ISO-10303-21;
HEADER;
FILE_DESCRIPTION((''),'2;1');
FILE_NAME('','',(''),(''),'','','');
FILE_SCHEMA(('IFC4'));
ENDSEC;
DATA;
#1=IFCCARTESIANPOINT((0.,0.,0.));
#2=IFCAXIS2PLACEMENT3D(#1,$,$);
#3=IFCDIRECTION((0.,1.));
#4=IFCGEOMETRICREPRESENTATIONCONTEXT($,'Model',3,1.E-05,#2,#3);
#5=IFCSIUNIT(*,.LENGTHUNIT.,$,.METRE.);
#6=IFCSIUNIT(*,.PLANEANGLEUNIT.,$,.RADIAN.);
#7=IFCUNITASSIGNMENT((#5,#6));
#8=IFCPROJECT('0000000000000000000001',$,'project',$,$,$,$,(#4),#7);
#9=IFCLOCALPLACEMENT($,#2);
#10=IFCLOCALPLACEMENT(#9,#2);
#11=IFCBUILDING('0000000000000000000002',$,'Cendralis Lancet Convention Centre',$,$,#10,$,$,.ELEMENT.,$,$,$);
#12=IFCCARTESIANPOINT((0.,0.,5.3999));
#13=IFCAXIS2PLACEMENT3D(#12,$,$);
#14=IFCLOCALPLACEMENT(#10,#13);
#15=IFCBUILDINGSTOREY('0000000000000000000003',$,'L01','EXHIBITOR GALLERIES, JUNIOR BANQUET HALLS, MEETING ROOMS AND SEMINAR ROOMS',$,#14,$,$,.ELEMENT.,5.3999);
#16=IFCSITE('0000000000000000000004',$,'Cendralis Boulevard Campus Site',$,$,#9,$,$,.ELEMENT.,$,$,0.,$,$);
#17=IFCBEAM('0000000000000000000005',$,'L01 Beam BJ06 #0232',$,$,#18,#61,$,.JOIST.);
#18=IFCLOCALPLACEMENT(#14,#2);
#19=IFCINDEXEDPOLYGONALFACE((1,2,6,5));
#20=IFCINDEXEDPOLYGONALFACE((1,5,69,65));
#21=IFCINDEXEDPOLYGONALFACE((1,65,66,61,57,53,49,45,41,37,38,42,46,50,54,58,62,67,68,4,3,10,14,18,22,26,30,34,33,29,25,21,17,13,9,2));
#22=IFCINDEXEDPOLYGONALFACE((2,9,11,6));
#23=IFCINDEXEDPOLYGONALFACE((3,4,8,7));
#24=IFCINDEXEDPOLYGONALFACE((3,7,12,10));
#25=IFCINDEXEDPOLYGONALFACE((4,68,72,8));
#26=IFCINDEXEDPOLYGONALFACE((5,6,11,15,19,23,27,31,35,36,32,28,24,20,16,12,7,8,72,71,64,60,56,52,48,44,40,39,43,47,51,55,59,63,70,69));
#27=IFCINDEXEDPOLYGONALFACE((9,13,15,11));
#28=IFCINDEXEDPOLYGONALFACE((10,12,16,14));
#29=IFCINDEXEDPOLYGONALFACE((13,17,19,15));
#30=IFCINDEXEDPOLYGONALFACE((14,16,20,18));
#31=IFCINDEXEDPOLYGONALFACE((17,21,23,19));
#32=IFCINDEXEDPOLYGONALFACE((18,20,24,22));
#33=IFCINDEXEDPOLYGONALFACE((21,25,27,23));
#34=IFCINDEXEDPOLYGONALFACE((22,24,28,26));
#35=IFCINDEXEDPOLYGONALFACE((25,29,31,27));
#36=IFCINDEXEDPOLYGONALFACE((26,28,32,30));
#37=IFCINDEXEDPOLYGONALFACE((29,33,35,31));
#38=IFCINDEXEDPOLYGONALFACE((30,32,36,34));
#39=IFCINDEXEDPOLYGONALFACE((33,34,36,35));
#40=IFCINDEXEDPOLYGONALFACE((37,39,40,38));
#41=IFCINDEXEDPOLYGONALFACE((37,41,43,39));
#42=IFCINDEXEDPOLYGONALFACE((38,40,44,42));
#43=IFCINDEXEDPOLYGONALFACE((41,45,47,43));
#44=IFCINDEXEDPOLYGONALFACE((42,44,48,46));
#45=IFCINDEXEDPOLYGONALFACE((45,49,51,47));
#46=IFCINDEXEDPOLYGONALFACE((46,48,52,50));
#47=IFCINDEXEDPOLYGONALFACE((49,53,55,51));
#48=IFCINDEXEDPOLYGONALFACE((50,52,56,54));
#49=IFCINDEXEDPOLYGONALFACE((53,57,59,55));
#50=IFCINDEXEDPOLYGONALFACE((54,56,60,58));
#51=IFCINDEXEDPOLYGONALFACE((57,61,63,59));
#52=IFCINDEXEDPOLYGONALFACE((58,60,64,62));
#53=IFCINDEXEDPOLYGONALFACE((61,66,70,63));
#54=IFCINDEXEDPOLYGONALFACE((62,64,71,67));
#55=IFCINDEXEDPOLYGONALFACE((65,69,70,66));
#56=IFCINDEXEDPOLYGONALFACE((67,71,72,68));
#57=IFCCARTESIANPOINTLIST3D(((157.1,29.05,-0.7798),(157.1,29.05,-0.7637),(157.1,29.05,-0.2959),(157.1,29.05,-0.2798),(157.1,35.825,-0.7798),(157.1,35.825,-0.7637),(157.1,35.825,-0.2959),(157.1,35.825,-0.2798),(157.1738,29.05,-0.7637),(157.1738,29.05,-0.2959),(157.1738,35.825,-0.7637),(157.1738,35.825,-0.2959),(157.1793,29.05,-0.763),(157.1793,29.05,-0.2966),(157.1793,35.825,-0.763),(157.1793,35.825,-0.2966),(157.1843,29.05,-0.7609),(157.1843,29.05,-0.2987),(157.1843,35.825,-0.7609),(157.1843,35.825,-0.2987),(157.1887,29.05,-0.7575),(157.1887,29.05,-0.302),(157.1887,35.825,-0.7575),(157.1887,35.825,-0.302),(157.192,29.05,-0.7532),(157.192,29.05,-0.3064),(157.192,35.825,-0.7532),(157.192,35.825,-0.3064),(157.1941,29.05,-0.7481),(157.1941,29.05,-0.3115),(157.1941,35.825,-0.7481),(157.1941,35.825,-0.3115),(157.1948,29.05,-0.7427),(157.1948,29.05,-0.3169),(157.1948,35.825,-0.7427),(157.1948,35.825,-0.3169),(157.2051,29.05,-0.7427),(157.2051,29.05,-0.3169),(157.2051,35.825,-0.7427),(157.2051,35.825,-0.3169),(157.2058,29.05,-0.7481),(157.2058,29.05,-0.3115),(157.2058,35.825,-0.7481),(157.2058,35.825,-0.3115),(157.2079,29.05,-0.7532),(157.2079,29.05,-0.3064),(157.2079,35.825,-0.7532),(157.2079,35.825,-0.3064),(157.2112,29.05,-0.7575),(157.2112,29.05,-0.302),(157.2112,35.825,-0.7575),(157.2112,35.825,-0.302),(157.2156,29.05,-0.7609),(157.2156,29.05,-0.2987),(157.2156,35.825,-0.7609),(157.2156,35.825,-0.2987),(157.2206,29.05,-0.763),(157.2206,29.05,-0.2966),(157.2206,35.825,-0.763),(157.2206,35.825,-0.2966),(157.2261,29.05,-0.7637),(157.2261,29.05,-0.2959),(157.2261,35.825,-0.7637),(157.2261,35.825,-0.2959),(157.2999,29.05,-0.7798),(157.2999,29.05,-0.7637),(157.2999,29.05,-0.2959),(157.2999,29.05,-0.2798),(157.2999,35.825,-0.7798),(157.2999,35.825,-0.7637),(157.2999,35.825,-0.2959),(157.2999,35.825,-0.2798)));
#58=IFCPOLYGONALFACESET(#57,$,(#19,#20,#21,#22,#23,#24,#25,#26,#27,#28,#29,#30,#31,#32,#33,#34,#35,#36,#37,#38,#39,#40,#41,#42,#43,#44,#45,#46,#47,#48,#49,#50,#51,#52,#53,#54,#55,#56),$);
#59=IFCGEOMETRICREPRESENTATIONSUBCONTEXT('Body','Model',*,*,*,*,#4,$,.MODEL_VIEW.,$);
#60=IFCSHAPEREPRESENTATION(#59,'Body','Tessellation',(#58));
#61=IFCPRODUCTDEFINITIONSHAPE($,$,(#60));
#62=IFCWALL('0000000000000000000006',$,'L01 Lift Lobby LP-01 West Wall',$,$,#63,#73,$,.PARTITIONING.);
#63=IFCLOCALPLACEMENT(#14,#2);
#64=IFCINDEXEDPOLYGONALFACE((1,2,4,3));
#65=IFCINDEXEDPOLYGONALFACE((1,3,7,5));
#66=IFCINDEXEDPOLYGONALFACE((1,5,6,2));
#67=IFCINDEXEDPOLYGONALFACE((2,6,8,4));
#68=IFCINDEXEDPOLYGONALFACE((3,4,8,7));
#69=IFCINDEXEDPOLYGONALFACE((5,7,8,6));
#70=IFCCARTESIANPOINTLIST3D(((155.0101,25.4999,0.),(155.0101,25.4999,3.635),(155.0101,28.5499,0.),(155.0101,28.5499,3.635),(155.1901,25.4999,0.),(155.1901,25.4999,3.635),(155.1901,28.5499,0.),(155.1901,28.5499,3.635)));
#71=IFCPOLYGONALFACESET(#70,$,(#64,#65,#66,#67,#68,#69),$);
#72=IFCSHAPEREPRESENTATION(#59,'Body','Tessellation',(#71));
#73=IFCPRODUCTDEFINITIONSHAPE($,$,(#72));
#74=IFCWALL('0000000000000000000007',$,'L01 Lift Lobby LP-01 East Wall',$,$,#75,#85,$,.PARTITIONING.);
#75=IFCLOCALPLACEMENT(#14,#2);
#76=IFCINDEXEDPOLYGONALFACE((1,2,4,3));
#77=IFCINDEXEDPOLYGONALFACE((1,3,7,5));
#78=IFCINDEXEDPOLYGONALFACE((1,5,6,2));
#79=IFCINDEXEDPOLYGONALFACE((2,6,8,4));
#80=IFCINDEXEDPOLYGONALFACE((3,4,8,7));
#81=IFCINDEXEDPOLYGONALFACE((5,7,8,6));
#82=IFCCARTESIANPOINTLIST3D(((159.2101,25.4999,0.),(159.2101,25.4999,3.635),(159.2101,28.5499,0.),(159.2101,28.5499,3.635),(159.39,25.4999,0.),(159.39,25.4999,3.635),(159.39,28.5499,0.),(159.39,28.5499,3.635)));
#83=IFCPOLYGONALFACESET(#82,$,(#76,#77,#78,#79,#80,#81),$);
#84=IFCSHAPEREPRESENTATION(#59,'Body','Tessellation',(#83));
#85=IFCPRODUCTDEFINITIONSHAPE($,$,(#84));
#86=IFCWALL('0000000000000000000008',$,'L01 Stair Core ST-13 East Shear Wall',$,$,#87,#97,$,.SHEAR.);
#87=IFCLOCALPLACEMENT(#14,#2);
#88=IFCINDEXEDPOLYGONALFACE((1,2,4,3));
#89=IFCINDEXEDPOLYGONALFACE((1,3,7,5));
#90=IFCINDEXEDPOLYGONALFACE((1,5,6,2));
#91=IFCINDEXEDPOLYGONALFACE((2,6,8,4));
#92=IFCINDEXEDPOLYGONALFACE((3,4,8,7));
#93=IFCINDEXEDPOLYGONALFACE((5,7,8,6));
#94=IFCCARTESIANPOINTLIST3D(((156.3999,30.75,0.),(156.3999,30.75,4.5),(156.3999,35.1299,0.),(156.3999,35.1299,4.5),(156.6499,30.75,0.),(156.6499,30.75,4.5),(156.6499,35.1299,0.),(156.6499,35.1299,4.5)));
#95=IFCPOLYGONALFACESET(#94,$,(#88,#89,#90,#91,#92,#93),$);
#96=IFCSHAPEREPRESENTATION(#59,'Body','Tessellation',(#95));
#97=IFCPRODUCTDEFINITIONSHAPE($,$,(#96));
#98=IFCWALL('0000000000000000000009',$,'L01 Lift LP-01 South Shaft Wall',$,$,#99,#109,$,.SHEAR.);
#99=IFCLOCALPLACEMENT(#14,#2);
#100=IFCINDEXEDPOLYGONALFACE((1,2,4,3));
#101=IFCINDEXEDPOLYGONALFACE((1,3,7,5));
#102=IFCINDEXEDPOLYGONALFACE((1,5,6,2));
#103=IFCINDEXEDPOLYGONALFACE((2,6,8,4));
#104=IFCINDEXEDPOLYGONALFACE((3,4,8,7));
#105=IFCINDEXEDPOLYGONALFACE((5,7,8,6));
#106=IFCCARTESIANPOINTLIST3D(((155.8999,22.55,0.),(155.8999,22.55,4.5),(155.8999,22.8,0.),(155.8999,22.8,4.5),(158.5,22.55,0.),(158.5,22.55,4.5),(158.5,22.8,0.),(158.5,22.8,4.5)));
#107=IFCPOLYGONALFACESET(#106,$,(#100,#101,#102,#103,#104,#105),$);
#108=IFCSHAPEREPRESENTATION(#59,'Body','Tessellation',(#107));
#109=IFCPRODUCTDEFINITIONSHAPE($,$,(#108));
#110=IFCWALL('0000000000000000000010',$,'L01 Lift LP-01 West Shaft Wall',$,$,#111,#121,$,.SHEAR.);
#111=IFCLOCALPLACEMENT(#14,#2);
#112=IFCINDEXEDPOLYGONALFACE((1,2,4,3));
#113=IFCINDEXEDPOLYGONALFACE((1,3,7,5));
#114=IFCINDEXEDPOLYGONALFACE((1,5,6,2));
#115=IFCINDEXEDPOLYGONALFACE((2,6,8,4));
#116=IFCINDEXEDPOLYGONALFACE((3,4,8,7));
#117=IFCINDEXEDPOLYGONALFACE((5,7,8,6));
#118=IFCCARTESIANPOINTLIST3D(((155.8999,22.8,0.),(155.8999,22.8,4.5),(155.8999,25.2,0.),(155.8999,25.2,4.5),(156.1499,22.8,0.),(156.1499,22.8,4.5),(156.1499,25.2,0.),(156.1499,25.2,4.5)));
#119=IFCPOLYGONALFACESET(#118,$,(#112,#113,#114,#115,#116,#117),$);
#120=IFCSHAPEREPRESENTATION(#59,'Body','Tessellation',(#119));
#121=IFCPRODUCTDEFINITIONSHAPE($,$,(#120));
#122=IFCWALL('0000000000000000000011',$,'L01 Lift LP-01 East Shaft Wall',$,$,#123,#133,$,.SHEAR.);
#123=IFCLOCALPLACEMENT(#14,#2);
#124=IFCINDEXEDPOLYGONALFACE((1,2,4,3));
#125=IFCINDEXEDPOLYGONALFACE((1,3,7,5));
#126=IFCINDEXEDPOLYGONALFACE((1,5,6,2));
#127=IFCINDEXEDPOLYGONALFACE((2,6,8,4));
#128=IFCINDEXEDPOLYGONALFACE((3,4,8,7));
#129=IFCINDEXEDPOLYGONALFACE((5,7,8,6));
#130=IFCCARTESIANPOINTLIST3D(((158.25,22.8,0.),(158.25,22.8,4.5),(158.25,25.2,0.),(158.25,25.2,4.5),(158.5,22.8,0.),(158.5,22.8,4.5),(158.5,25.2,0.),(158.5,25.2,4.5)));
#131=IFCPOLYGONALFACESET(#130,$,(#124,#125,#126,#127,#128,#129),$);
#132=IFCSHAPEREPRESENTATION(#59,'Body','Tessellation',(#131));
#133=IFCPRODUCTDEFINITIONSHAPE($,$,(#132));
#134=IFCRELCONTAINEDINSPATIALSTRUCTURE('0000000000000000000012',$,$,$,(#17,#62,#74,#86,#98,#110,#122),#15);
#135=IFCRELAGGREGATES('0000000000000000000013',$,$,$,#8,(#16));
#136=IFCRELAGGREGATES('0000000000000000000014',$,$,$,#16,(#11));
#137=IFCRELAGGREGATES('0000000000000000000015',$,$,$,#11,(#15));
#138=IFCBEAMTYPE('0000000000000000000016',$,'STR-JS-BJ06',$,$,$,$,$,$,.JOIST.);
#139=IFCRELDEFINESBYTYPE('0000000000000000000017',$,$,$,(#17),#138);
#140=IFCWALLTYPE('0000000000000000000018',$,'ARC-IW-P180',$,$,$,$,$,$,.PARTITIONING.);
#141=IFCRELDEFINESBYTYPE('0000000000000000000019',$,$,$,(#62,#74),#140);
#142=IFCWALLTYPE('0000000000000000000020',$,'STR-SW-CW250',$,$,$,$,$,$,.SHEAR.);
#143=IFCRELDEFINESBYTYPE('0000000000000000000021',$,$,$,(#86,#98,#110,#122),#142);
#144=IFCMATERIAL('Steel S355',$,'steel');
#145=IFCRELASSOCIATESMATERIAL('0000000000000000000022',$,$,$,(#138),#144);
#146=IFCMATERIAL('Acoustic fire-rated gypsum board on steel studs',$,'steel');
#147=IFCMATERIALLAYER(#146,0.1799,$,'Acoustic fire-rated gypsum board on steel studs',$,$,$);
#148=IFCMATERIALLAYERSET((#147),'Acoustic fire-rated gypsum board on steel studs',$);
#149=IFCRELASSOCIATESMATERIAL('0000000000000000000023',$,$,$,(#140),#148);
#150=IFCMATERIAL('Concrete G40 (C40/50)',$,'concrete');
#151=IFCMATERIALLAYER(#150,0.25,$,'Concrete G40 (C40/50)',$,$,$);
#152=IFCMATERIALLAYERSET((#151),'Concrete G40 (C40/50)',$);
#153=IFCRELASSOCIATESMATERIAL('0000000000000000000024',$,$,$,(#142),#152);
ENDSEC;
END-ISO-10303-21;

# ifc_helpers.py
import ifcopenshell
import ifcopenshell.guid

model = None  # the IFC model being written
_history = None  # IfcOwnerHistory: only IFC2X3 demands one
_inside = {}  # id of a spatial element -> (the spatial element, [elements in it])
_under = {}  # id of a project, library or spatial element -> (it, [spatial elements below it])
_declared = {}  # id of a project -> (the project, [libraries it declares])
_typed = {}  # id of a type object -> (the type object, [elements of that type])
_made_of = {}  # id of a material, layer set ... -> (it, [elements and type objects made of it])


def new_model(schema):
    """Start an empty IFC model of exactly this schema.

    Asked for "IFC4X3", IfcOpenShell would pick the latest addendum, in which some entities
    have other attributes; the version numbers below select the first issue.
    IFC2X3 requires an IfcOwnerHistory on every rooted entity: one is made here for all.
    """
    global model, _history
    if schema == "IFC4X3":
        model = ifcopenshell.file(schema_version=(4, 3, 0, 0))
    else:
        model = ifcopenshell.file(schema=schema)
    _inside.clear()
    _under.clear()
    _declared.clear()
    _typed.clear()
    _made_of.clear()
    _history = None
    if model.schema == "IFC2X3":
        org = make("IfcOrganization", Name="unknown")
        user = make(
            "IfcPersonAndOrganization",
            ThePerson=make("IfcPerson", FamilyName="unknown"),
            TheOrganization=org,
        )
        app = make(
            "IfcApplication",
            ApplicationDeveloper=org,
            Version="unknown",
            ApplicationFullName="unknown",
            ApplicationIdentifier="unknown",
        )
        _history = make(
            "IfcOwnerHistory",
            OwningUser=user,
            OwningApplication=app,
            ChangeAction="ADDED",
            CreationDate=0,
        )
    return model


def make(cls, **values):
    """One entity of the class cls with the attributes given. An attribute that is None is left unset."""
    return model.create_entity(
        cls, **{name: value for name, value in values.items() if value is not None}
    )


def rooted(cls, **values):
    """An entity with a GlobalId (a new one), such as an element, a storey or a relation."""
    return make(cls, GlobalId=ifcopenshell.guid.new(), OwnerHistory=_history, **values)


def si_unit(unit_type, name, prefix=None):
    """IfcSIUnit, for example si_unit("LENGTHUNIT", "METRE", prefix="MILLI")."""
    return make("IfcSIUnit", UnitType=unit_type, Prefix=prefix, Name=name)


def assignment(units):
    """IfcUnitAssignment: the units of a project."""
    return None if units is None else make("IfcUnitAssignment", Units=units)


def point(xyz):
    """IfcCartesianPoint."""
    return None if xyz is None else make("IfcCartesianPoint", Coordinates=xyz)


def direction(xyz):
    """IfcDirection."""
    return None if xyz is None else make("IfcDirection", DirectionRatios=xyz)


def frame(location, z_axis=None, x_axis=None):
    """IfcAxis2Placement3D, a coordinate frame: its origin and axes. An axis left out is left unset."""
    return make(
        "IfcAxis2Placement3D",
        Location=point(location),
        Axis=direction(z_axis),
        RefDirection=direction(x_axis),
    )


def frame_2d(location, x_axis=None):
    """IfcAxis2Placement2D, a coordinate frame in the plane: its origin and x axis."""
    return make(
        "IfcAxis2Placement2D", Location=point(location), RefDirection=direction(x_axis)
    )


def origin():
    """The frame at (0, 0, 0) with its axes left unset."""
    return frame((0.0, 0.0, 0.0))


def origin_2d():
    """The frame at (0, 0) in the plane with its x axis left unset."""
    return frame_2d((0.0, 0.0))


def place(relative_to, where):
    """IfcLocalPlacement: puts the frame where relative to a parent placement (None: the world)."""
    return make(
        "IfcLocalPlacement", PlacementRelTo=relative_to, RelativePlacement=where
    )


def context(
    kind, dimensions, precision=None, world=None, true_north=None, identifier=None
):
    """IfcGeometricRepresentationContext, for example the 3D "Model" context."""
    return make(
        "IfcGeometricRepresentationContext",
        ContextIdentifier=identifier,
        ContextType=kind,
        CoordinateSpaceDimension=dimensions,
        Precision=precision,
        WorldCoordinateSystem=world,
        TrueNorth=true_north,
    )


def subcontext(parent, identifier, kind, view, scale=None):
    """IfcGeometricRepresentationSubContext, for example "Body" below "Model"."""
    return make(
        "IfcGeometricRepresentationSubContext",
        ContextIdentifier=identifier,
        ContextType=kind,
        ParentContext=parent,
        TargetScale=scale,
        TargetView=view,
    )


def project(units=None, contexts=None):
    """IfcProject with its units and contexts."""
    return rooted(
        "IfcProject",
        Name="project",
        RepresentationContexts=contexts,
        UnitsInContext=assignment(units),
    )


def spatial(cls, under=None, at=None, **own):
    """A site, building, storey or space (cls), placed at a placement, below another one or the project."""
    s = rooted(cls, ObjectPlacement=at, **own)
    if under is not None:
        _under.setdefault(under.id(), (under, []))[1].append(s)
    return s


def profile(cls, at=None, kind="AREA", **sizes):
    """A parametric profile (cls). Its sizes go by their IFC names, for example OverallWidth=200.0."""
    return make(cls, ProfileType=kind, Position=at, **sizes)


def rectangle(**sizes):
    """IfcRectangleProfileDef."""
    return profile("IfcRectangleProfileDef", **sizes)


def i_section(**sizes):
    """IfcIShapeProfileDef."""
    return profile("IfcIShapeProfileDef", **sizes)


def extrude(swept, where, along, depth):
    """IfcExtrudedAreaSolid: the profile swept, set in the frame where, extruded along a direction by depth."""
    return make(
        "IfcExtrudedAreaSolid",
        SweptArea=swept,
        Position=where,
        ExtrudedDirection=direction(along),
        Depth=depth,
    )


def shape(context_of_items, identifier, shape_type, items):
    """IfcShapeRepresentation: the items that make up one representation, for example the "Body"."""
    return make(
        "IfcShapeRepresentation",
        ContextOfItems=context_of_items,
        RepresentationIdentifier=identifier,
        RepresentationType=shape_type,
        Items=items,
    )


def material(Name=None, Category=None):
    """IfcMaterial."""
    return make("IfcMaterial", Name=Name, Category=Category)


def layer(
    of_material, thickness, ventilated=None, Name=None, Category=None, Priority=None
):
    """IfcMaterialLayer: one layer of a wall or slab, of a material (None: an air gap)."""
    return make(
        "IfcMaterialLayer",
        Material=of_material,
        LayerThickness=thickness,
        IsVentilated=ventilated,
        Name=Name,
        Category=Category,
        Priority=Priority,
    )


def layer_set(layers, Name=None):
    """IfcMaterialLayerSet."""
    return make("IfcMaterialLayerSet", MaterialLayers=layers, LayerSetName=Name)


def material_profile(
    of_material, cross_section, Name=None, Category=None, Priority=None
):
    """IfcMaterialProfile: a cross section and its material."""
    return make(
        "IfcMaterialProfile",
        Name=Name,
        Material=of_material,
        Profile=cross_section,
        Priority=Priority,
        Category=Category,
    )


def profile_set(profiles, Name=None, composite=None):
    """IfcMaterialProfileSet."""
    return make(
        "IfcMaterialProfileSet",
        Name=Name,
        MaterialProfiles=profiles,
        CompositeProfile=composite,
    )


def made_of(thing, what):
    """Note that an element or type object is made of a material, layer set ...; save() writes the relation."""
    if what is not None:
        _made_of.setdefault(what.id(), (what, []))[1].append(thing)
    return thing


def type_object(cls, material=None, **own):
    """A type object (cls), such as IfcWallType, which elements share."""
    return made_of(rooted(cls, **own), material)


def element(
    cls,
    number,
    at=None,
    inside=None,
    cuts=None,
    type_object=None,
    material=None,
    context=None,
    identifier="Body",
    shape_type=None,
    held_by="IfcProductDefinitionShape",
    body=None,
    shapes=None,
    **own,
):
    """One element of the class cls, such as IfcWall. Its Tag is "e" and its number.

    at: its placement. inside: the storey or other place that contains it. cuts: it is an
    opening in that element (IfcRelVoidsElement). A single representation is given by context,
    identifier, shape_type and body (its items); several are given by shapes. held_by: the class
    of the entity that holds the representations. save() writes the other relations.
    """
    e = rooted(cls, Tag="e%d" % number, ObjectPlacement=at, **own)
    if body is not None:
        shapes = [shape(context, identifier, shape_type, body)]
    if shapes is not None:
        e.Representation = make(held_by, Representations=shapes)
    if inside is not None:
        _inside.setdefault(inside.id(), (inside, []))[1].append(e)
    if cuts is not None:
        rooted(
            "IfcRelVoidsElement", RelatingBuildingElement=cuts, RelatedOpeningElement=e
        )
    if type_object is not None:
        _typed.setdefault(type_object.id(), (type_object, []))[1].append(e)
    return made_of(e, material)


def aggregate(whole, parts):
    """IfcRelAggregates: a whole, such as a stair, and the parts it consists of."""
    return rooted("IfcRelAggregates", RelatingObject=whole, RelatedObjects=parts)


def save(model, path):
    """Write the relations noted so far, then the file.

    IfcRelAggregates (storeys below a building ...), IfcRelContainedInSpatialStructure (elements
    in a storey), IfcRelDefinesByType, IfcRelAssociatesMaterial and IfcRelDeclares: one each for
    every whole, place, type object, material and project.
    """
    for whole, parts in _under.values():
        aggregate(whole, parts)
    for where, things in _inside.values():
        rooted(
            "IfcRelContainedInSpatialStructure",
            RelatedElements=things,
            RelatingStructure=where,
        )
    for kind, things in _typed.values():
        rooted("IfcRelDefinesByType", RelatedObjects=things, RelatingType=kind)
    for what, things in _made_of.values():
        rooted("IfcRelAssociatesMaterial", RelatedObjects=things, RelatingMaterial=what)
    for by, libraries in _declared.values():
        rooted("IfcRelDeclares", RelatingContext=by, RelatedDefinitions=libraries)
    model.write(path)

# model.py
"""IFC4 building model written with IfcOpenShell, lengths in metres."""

from ifc_helpers import new_model, si_unit, direction, frame, frame_2d, origin, origin_2d, place, context, subcontext, project, spatial, rectangle, i_section, extrude, material, layer, layer_set, material_profile, profile_set, type_object, element, save


model = new_model("IFC4")

# Units and contexts
model_context = context("Model", 3, precision=1e-05, world=origin(), true_north=direction((0.0, 1.0)))
body_context = subcontext(model_context, "Body", "Model", "MODEL_VIEW")
ifc_project = project(units=[si_unit("LENGTHUNIT", "METRE"), si_unit("PLANEANGLEUNIT", "RADIAN")], contexts=[model_context])

# Site, building, storey
site_placement = place(None, origin())
site = spatial("IfcSite", under=ifc_project, at=site_placement, Name="Cendralis Boulevard Campus Site", CompositionType="ELEMENT", RefElevation=0.0)
building_placement = place(site_placement, origin())
building = spatial("IfcBuilding", under=site, at=building_placement, Name="Cendralis Lancet Convention Centre", CompositionType="ELEMENT")
storey_placement = place(building_placement, frame((0.0, 0.0, 5.3999)))
storey = spatial("IfcBuildingStorey", under=building, at=storey_placement, Name="L01", Description="EXHIBITOR GALLERIES, JUNIOR BANQUET HALLS, MEETING ROOMS AND SEMINAR ROOMS", CompositionType="ELEMENT", Elevation=5.3999)

# Shared definitions
ifc_material_1 = material(Name="Concrete G40 (C40/50)", Category="concrete")

# Beam
ifc_material_2 = material(Name="Steel S355", Category="steel")
ifc_material_profile_1 = material_profile(ifc_material_2, i_section(OverallWidth=0.2, OverallDepth=0.5, WebThickness=0.0103, FlangeThickness=0.0161, FilletRadius=0.021, at=origin_2d()), Name="IPE 500")
ifc_profile_set_1 = profile_set([ifc_material_profile_1], Name="Steel S355")
beam_type_1 = type_object("IfcBeamType", Name="STR-JS-BJ06", PredefinedType="JOIST", material=ifc_profile_set_1)
beam_1_placement = place(storey_placement, frame((157.2, 29.05, -0.5298), z_axis=(0.0, 1.0, 0.0), x_axis=(-1.0, 0.0, 0.0)))
element("IfcBeam", 1, at=beam_1_placement, inside=storey, type_object=beam_type_1, Name="L01 Beam BJ06 #0232", PredefinedType="JOIST", context=body_context, shape_type="SweptSolid", body=[
    extrude(i_section(OverallWidth=0.2, OverallDepth=0.5, WebThickness=0.0103, FlangeThickness=0.0161, FilletRadius=0.021, at=origin_2d()), origin(), (0.0, 0.0, 1.0), 6.7749),
])

# Shared definitions
ifc_material_3 = material(Name="Acoustic fire-rated gypsum board on steel studs", Category="steel")
ifc_layer_1 = layer(ifc_material_3, 0.1799, Name="Acoustic fire-rated gypsum board on steel studs")
ifc_layer_set_1 = layer_set([ifc_layer_1], Name="Acoustic fire-rated gypsum board on steel studs")
wall_type_1 = type_object("IfcWallType", Name="ARC-IW-P180", PredefinedType="PARTITIONING", material=ifc_layer_set_1)

# Walls
for number, where, z_axis, x_axis, name in (
    (2, (155.1001, 25.5, 0.0), (0.0, 0.0, 1.0), (0.0, 1.0, 0.0), "L01 Lift Lobby LP-01 West Wall"),
    (3, (159.3, 25.5, 0.0), (0.0, 0.0, 1.0), (0.0, 1.0, 0.0), "L01 Lift Lobby LP-01 East Wall"),
):
    element("IfcWall", number, at=place(storey_placement, frame(where, z_axis=z_axis, x_axis=x_axis)), inside=storey, type_object=wall_type_1, Name=name, PredefinedType="PARTITIONING", context=body_context, shape_type="SweptSolid", body=[
        extrude(rectangle(XDim=3.05, YDim=0.1799, at=frame_2d((1.5249, 0.0))), origin(), (0.0, 0.0, 1.0), 3.635),
    ])
ifc_layer_2 = layer(ifc_material_1, 0.25, Name="Concrete G40 (C40/50)")
ifc_layer_set_2 = layer_set([ifc_layer_2], Name="Concrete G40 (C40/50)")
wall_type_2 = type_object("IfcWallType", Name="STR-SW-CW250", PredefinedType="SHEAR", material=ifc_layer_set_2)
wall_1_placement = place(storey_placement, frame((156.5249, 30.75, 0.0), z_axis=(0.0, 0.0, 1.0), x_axis=(0.0, 1.0, 0.0)))
element("IfcWall", 4, at=wall_1_placement, inside=storey, type_object=wall_type_2, Name="L01 Stair Core ST-13 East Shear Wall", PredefinedType="SHEAR", context=body_context, shape_type="SweptSolid", body=[
    extrude(rectangle(XDim=4.3799, YDim=0.25, at=frame_2d((2.1899, 0.0))), origin(), (0.0, 0.0, 1.0), 4.5),
])
wall_2_placement = place(storey_placement, frame((155.8999, 22.675, 0.0), z_axis=(0.0, 0.0, 1.0), x_axis=(1.0, 0.0, 0.0)))
element("IfcWall", 5, at=wall_2_placement, inside=storey, type_object=wall_type_2, Name="L01 Lift LP-01 South Shaft Wall", PredefinedType="SHEAR", context=body_context, shape_type="SweptSolid", body=[
    extrude(rectangle(XDim=2.6001, YDim=0.25, at=frame_2d((1.3, 0.0))), origin(), (0.0, 0.0, 1.0), 4.5),
])

# Walls
for number, where, z_axis, x_axis, name in (
    (6, (156.0249, 22.8, 0.0), (0.0, 0.0, 1.0), (0.0, 1.0, 0.0), "L01 Lift LP-01 West Shaft Wall"),
    (7, (158.375, 22.8, 0.0), (0.0, 0.0, 1.0), (0.0, 1.0, 0.0), "L01 Lift LP-01 East Shaft Wall"),
):
    element("IfcWall", number, at=place(storey_placement, frame(where, z_axis=z_axis, x_axis=x_axis)), inside=storey, type_object=wall_type_2, Name=name, PredefinedType="SHEAR", context=body_context, shape_type="SweptSolid", body=[
        extrude(rectangle(XDim=2.3999, YDim=0.25, at=frame_2d((1.2, 0.0))), origin(), (0.0, 0.0, 1.0), 4.5),
    ])

save(model, "model.ifc")
